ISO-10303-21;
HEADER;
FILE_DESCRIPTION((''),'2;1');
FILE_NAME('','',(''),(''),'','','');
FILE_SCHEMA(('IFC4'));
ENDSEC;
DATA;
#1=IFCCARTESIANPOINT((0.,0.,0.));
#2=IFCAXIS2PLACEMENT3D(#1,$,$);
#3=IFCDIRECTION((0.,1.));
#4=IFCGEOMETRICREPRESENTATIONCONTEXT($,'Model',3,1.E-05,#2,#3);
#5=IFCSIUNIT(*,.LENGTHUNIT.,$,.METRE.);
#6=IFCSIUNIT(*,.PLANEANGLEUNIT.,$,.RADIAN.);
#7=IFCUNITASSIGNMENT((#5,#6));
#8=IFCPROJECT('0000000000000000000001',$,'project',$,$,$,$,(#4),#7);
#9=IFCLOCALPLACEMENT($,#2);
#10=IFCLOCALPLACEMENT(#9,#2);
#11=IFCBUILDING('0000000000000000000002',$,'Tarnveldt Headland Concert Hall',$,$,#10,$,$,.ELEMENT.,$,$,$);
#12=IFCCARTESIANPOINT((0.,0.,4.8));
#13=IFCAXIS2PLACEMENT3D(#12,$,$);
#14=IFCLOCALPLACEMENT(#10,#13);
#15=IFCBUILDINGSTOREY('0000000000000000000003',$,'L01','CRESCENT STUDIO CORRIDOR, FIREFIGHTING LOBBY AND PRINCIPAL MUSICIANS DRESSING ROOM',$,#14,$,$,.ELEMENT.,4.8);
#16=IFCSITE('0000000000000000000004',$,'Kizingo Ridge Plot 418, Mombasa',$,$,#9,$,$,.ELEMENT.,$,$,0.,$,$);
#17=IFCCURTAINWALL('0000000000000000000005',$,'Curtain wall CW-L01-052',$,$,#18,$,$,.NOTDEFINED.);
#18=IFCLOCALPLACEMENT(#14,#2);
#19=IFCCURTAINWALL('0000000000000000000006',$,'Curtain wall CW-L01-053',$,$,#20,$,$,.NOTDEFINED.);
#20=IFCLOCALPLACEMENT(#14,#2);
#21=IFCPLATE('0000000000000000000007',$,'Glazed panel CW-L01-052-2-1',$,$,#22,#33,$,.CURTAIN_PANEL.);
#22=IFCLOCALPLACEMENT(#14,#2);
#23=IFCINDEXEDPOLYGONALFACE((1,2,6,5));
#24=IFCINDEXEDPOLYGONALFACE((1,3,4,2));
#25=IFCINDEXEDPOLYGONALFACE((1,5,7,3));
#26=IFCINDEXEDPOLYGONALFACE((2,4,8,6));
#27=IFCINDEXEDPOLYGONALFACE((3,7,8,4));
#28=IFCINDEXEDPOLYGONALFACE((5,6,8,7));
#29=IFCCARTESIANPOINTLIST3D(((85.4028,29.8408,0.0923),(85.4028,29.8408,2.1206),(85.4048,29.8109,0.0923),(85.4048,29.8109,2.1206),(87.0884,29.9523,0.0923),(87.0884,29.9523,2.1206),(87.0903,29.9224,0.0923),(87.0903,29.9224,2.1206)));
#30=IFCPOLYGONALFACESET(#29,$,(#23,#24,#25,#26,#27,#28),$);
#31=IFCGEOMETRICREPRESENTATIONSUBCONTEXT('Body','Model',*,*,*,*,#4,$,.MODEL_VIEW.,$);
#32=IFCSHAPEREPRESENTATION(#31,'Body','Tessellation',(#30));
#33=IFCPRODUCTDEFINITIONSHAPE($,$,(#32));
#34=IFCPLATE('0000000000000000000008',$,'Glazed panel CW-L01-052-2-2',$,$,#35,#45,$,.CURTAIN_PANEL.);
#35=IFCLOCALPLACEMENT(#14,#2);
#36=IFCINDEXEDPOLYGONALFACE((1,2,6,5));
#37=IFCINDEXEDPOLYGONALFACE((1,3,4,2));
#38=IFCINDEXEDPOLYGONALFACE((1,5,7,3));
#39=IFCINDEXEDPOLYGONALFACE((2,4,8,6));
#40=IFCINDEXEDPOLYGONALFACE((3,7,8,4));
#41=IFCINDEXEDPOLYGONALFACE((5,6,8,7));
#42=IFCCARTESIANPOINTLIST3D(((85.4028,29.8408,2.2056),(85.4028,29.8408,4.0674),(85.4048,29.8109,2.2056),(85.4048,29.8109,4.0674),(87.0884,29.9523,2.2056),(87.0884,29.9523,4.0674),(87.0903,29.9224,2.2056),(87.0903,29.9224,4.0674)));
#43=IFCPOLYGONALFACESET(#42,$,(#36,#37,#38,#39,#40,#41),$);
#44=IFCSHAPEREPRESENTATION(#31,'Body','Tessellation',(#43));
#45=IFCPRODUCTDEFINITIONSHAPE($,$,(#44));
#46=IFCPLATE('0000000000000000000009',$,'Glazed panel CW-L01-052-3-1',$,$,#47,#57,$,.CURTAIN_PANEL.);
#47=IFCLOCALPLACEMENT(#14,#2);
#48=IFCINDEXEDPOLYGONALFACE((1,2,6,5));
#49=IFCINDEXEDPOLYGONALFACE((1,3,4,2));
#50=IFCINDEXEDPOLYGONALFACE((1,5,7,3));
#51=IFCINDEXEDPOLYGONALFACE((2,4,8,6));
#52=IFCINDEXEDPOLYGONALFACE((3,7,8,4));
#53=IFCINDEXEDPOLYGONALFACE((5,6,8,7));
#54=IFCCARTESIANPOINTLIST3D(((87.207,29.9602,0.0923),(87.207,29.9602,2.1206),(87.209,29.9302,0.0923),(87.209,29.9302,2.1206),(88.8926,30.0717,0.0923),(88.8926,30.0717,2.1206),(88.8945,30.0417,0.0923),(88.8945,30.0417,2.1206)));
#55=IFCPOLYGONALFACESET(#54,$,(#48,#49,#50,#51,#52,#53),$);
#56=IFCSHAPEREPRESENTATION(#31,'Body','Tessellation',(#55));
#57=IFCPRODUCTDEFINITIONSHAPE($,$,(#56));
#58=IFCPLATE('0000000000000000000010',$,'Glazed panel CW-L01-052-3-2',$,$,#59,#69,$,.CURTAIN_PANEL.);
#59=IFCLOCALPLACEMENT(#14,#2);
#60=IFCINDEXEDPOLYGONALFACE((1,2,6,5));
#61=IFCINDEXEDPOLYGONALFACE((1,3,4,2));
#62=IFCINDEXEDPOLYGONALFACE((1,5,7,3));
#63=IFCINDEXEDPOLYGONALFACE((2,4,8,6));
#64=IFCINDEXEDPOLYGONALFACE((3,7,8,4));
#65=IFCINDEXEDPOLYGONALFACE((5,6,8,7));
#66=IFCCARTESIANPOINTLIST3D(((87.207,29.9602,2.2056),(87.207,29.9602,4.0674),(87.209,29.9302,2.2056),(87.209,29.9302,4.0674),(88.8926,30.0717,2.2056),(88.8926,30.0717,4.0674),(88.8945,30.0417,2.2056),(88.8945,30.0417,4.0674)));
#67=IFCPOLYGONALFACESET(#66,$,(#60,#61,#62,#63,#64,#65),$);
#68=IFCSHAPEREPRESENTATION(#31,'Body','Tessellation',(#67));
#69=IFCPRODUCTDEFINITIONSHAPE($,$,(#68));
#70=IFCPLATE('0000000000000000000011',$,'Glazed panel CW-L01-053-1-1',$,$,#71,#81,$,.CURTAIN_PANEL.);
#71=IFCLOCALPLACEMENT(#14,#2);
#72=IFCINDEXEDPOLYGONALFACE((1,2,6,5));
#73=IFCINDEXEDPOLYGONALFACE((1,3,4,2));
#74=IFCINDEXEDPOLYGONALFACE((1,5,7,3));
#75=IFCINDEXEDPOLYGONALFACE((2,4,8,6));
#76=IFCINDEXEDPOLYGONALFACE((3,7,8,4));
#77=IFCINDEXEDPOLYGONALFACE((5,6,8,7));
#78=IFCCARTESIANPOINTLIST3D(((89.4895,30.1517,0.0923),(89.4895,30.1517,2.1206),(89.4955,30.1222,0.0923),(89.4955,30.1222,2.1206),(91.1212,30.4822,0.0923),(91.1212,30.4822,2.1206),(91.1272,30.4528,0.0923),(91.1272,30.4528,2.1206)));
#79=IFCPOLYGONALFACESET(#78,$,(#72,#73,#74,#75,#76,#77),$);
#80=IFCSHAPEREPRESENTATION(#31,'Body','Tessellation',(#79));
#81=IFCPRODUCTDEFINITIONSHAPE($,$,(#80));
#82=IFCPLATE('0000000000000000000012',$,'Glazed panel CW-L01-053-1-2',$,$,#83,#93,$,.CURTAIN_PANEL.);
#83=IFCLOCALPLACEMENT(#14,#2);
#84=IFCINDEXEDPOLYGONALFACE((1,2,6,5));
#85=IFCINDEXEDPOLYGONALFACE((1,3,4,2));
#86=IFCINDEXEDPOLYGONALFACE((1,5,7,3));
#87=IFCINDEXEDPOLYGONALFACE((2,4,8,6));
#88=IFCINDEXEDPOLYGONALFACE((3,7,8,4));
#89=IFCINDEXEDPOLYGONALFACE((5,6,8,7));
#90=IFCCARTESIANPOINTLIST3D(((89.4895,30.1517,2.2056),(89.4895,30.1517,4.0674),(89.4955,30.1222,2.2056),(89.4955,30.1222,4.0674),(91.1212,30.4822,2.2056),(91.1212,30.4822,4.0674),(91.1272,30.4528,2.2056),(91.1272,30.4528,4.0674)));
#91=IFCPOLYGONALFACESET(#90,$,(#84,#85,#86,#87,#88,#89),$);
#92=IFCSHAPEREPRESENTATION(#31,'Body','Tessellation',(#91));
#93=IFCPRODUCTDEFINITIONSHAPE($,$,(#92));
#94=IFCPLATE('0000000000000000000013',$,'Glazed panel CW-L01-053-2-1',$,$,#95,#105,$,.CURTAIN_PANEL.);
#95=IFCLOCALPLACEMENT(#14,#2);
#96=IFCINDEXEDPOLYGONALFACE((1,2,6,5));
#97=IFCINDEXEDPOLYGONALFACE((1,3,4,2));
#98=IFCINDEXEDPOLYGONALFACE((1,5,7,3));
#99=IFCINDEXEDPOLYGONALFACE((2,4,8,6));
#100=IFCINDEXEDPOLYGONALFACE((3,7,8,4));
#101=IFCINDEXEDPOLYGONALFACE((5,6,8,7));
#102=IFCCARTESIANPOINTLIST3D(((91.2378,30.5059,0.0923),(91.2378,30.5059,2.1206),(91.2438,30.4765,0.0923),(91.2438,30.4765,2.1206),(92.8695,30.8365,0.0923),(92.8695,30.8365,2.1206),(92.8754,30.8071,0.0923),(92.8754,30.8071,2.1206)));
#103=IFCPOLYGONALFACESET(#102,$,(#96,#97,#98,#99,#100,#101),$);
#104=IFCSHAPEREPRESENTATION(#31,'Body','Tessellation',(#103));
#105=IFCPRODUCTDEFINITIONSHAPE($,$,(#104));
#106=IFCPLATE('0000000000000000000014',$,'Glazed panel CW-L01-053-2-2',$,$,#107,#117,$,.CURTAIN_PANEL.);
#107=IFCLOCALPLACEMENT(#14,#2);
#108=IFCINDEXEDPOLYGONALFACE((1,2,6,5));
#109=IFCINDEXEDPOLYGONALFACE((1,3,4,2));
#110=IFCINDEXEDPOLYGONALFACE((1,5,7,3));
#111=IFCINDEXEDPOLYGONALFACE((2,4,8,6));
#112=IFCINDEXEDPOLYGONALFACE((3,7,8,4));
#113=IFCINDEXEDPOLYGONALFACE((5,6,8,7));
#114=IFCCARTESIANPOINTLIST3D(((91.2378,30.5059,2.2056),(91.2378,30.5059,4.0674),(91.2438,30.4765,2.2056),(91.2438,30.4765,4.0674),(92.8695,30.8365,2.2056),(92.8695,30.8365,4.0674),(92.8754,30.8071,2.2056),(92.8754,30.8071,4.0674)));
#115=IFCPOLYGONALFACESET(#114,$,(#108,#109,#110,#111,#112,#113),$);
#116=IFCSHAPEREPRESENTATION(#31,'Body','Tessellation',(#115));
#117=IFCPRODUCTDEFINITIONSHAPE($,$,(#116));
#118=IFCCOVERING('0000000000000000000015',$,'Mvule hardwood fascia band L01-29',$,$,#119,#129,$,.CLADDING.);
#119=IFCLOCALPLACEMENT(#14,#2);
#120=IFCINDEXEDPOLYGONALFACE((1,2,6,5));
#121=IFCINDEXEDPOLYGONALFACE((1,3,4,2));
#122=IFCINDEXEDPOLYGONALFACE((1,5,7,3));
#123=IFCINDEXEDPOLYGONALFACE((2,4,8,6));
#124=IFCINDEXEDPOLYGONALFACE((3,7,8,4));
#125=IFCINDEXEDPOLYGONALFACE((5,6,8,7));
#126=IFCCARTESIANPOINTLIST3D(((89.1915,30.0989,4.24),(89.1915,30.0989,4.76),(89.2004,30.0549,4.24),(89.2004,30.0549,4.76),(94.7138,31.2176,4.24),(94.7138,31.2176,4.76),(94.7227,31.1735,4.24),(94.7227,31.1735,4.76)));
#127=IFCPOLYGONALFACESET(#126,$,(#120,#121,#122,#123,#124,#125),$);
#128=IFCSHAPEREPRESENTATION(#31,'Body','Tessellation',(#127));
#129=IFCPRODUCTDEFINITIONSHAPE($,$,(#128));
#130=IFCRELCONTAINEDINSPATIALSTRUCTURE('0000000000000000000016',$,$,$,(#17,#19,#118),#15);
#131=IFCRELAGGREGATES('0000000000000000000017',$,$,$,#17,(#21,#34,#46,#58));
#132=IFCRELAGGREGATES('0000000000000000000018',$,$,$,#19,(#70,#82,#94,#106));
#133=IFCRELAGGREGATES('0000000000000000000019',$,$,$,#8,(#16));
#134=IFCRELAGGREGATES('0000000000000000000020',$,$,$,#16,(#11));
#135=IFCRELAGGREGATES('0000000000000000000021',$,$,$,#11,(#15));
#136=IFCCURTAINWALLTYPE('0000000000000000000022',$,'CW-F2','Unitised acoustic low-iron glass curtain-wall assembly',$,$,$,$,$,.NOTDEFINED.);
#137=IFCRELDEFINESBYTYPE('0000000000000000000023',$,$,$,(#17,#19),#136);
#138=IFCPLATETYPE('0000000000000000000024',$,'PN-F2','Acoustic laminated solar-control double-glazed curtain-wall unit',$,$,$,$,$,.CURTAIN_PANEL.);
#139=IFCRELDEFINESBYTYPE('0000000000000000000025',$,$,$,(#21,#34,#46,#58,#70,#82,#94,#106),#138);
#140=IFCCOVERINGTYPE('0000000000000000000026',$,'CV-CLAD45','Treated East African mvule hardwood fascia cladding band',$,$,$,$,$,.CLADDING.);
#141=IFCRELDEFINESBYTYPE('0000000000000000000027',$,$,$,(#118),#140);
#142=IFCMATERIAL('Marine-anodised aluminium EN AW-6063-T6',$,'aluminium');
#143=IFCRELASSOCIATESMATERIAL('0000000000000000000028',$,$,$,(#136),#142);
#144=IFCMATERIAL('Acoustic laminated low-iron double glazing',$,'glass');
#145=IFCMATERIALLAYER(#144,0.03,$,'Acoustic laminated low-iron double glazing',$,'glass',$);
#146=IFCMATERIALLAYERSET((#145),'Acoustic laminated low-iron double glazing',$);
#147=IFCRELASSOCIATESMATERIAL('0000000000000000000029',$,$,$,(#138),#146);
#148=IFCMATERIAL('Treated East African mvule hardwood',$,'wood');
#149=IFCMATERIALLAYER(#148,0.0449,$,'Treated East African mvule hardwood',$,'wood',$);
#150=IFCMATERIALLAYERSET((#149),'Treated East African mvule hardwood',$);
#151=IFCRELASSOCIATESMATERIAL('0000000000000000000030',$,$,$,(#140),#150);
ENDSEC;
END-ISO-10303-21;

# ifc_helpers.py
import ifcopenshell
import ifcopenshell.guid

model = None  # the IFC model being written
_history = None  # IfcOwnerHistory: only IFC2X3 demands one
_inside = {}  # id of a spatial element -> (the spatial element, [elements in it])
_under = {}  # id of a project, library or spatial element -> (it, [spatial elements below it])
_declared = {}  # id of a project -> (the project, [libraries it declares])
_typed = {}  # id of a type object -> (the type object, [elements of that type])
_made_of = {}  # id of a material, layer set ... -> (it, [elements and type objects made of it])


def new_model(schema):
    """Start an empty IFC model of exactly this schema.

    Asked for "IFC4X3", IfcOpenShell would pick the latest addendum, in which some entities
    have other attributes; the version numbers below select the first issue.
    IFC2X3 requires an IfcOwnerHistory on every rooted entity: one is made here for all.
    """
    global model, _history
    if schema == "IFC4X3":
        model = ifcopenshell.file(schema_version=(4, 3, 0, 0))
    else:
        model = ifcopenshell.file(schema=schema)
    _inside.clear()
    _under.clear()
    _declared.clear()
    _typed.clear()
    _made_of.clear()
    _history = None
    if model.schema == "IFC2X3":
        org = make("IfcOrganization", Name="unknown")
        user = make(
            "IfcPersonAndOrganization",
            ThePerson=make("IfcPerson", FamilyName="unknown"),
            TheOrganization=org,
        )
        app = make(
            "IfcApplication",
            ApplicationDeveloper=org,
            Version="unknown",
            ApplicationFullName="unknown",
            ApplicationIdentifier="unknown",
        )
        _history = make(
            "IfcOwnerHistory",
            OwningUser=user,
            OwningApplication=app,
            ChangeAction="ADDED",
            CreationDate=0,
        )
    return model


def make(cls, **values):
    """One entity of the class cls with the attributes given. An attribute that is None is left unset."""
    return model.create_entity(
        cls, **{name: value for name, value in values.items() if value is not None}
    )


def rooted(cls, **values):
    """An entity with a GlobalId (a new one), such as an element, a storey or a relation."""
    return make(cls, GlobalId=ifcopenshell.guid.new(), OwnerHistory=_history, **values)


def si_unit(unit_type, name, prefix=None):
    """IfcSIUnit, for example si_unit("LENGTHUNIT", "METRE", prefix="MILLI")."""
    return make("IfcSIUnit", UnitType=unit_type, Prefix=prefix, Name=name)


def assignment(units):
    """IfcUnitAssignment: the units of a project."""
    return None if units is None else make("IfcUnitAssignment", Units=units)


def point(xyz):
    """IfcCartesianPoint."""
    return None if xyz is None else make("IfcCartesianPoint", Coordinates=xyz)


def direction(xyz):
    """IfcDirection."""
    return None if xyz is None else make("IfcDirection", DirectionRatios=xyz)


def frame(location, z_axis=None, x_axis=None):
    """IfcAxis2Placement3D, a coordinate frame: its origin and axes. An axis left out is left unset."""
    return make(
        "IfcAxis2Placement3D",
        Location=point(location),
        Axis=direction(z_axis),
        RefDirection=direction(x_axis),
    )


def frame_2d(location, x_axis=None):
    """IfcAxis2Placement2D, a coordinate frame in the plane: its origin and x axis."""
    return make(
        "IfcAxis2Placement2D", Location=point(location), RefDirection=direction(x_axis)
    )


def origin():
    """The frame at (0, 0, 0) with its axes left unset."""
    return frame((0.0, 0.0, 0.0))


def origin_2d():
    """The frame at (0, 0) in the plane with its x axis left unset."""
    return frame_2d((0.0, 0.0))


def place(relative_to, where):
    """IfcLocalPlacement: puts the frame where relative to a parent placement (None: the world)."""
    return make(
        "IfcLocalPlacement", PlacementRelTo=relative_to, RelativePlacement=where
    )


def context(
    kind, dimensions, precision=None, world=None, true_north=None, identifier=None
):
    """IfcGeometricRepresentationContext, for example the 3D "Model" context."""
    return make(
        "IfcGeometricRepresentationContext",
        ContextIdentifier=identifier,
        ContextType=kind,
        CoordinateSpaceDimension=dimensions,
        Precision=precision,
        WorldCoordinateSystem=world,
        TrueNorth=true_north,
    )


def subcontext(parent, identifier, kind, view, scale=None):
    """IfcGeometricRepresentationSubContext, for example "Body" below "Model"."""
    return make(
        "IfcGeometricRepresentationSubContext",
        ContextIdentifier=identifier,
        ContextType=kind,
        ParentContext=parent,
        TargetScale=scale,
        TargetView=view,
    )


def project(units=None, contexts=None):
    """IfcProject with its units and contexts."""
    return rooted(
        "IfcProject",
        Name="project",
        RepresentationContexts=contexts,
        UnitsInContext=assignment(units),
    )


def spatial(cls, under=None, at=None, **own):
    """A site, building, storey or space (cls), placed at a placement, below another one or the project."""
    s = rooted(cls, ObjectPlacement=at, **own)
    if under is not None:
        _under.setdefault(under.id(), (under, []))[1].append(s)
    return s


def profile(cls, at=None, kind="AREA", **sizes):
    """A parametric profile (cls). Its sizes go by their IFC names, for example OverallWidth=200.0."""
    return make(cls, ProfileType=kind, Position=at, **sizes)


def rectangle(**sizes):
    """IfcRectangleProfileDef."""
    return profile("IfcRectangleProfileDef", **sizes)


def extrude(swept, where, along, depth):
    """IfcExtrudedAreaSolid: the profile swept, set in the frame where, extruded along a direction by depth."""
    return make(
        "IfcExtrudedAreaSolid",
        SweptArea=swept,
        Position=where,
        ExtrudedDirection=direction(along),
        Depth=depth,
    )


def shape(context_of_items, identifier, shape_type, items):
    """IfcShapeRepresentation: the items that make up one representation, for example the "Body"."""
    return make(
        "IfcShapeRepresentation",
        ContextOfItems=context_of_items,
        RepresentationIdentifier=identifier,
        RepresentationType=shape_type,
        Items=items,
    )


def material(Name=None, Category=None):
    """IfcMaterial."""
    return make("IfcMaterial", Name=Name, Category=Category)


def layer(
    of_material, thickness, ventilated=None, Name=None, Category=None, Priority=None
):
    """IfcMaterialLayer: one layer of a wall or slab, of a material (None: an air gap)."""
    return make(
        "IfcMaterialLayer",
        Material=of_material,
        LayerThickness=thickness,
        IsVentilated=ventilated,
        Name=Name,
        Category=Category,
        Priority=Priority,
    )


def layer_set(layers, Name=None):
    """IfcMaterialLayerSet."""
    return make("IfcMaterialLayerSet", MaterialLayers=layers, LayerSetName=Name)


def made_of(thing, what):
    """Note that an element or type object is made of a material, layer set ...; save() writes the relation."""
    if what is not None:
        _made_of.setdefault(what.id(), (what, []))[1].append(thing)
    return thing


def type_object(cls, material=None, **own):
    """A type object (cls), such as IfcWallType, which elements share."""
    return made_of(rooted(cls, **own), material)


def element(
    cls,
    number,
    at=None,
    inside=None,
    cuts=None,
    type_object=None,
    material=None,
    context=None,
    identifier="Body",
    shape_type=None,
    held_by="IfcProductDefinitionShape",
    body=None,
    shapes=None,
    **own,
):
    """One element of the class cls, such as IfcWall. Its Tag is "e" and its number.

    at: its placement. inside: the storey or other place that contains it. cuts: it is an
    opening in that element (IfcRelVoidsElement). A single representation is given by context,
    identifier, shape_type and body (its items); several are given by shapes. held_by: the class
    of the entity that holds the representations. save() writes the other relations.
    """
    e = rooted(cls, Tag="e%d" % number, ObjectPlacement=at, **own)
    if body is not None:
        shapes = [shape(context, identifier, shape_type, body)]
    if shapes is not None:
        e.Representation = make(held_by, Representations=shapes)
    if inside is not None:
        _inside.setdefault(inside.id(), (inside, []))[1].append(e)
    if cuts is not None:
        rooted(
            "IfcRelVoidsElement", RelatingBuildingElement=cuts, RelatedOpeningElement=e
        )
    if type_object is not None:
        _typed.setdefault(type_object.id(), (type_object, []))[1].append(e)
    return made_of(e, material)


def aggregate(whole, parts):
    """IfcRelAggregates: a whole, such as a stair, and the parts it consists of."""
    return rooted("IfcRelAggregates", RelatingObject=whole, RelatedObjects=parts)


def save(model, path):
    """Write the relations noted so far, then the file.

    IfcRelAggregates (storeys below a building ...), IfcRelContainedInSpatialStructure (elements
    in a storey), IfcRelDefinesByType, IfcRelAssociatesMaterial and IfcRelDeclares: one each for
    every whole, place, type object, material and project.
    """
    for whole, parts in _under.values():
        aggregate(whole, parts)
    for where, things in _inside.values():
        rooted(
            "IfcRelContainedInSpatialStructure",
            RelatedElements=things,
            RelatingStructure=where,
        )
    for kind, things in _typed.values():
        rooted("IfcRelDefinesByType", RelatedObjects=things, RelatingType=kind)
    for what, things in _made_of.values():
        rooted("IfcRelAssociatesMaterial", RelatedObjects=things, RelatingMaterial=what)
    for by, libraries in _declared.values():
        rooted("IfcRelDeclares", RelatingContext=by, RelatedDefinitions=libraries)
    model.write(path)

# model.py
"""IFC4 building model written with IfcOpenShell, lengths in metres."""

from ifc_helpers import new_model, si_unit, direction, frame, frame_2d, origin, origin_2d, place, context, subcontext, project, spatial, rectangle, extrude, material, layer, layer_set, type_object, element, aggregate, save


model = new_model("IFC4")

# Units and contexts
model_context = context("Model", 3, precision=1e-05, world=origin(), true_north=direction((0.0, 1.0)))
body_context = subcontext(model_context, "Body", "Model", "MODEL_VIEW")
ifc_project = project(units=[si_unit("LENGTHUNIT", "METRE"), si_unit("PLANEANGLEUNIT", "RADIAN")], contexts=[model_context])

# Site, building, storey
site_placement = place(None, origin())
site = spatial("IfcSite", under=ifc_project, at=site_placement, Name="Kizingo Ridge Plot 418, Mombasa", CompositionType="ELEMENT", RefElevation=0.0)
building_placement = place(site_placement, origin())
building = spatial("IfcBuilding", under=site, at=building_placement, Name="Tarnveldt Headland Concert Hall", CompositionType="ELEMENT")
storey_placement = place(building_placement, frame((0.0, 0.0, 4.8)))
storey = spatial("IfcBuildingStorey", under=building, at=storey_placement, Name="L01", Description="CRESCENT STUDIO CORRIDOR, FIREFIGHTING LOBBY AND PRINCIPAL MUSICIANS DRESSING ROOM", CompositionType="ELEMENT", Elevation=4.8)

# Curtain walls
ifc_material_1 = material(Name="Marine-anodised aluminium EN AW-6063-T6", Category="aluminium")
curtain_wall_type = type_object("IfcCurtainWallType", Name="CW-F2", Description="Unitised acoustic low-iron glass curtain-wall assembly", PredefinedType="NOTDEFINED", material=ifc_material_1)
curtain_wall_1_placement = place(storey_placement, origin())
curtain_wall_1 = element("IfcCurtainWall", 1, at=curtain_wall_1_placement, inside=storey, type_object=curtain_wall_type, Name="Curtain wall CW-L01-052", PredefinedType="NOTDEFINED")
curtain_wall_2_placement = place(storey_placement, origin())
curtain_wall_2 = element("IfcCurtainWall", 2, at=curtain_wall_2_placement, inside=storey, type_object=curtain_wall_type, Name="Curtain wall CW-L01-053", PredefinedType="NOTDEFINED")

# Plates
ifc_material_2 = material(Name="Acoustic laminated low-iron double glazing", Category="glass")
ifc_layer_1 = layer(ifc_material_2, 0.03, Name="Acoustic laminated low-iron double glazing", Category="glass")
ifc_layer_set_1 = layer_set([ifc_layer_1], Name="Acoustic laminated low-iron double glazing")
plate_type = type_object("IfcPlateType", Name="PN-F2", Description="Acoustic laminated solar-control double-glazed curtain-wall unit", PredefinedType="CURTAIN_PANEL", material=ifc_layer_set_1)
plate_1_placement = place(storey_placement, frame((86.2466, 29.8816, 0.0923), z_axis=(0.0, 0.0, 1.0), x_axis=(0.997819, 0.066013, 0.0)))
plate_1 = element("IfcPlate", 3, at=plate_1_placement, type_object=plate_type, Name="Glazed panel CW-L01-052-2-1", PredefinedType="CURTAIN_PANEL", context=body_context, shape_type="SweptSolid", body=[
    extrude(rectangle(XDim=1.6892, YDim=0.03, at=origin_2d()), origin(), (0.0, 0.0, 1.0), 2.0283),
])
plate_2_placement = place(storey_placement, frame((86.2466, 29.8816, 2.2056), z_axis=(0.0, 0.0, 1.0), x_axis=(0.997819, 0.066013, 0.0)))
plate_2 = element("IfcPlate", 4, at=plate_2_placement, type_object=plate_type, Name="Glazed panel CW-L01-052-2-2", PredefinedType="CURTAIN_PANEL", context=body_context, shape_type="SweptSolid", body=[
    extrude(rectangle(XDim=1.6892, YDim=0.03, at=origin_2d()), origin(), (0.0, 0.0, 1.0), 1.8618),
])
plate_3_placement = place(storey_placement, frame((88.0508, 30.001, 0.0923), z_axis=(0.0, 0.0, 1.0), x_axis=(0.997819, 0.066013, 0.0)))
plate_3 = element("IfcPlate", 5, at=plate_3_placement, type_object=plate_type, Name="Glazed panel CW-L01-052-3-1", PredefinedType="CURTAIN_PANEL", context=body_context, shape_type="SweptSolid", body=[
    extrude(rectangle(XDim=1.6892, YDim=0.03, at=origin_2d()), origin(), (0.0, 0.0, 1.0), 2.0283),
])
plate_4_placement = place(storey_placement, frame((88.0508, 30.001, 2.2056), z_axis=(0.0, 0.0, 1.0), x_axis=(0.997819, 0.066013, 0.0)))
plate_4 = element("IfcPlate", 6, at=plate_4_placement, type_object=plate_type, Name="Glazed panel CW-L01-052-3-2", PredefinedType="CURTAIN_PANEL", context=body_context, shape_type="SweptSolid", body=[
    extrude(rectangle(XDim=1.6892, YDim=0.03, at=origin_2d()), origin(), (0.0, 0.0, 1.0), 1.8618),
])
aggregate(curtain_wall_1, [plate_1, plate_2, plate_3, plate_4])
plate_5_placement = place(storey_placement, frame((90.3083, 30.3022, 0.0923), z_axis=(0.0, 0.0, 1.0), x_axis=(0.980088, 0.198564, 0.0)))
plate_5 = element("IfcPlate", 7, at=plate_5_placement, type_object=plate_type, Name="Glazed panel CW-L01-053-1-1", PredefinedType="CURTAIN_PANEL", context=body_context, shape_type="SweptSolid", body=[
    extrude(rectangle(XDim=1.6648, YDim=0.03, at=origin_2d()), origin(), (0.0, 0.0, 1.0), 2.0283),
])
plate_6_placement = place(storey_placement, frame((90.3083, 30.3022, 2.2056), z_axis=(0.0, 0.0, 1.0), x_axis=(0.980088, 0.198564, 0.0)))
plate_6 = element("IfcPlate", 8, at=plate_6_placement, type_object=plate_type, Name="Glazed panel CW-L01-053-1-2", PredefinedType="CURTAIN_PANEL", context=body_context, shape_type="SweptSolid", body=[
    extrude(rectangle(XDim=1.6648, YDim=0.03, at=origin_2d()), origin(), (0.0, 0.0, 1.0), 1.8618),
])
plate_7_placement = place(storey_placement, frame((92.0566, 30.6565, 0.0923), z_axis=(0.0, 0.0, 1.0), x_axis=(0.980088, 0.198564, 0.0)))
plate_7 = element("IfcPlate", 9, at=plate_7_placement, type_object=plate_type, Name="Glazed panel CW-L01-053-2-1", PredefinedType="CURTAIN_PANEL", context=body_context, shape_type="SweptSolid", body=[
    extrude(rectangle(XDim=1.6648, YDim=0.03, at=origin_2d()), origin(), (0.0, 0.0, 1.0), 2.0283),
])
plate_8_placement = place(storey_placement, frame((92.0566, 30.6565, 2.2056), z_axis=(0.0, 0.0, 1.0), x_axis=(0.980088, 0.198564, 0.0)))
plate_8 = element("IfcPlate", 10, at=plate_8_placement, type_object=plate_type, Name="Glazed panel CW-L01-053-2-2", PredefinedType="CURTAIN_PANEL", context=body_context, shape_type="SweptSolid", body=[
    extrude(rectangle(XDim=1.6648, YDim=0.03, at=origin_2d()), origin(), (0.0, 0.0, 1.0), 1.8618),
])
aggregate(curtain_wall_2, [plate_5, plate_6, plate_7, plate_8])

# Covering
ifc_material_3 = material(Name="Treated East African mvule hardwood", Category="wood")
ifc_layer_2 = layer(ifc_material_3, 0.0449, Name="Treated East African mvule hardwood", Category="wood")
ifc_layer_set_2 = layer_set([ifc_layer_2], Name="Treated East African mvule hardwood")
covering_type = type_object("IfcCoveringType", Name="CV-CLAD45", Description="Treated East African mvule hardwood fascia cladding band", PredefinedType="CLADDING", material=ifc_layer_set_2)
covering_placement = place(storey_placement, frame((89.1958, 30.0769, 4.24), z_axis=(0.0, 0.0, 1.0), x_axis=(0.980094, 0.198532, 0.0)))
element("IfcCovering", 11, at=covering_placement, inside=storey, type_object=covering_type, Name="Mvule hardwood fascia band L01-29", PredefinedType="CLADDING", context=body_context, shape_type="SweptSolid", body=[
    extrude(rectangle(XDim=5.6345, YDim=0.0449, at=frame_2d((2.8174, 0.0))), origin(), (0.0, 0.0, 1.0), 0.52),
])

save(model, "model.ifc")
